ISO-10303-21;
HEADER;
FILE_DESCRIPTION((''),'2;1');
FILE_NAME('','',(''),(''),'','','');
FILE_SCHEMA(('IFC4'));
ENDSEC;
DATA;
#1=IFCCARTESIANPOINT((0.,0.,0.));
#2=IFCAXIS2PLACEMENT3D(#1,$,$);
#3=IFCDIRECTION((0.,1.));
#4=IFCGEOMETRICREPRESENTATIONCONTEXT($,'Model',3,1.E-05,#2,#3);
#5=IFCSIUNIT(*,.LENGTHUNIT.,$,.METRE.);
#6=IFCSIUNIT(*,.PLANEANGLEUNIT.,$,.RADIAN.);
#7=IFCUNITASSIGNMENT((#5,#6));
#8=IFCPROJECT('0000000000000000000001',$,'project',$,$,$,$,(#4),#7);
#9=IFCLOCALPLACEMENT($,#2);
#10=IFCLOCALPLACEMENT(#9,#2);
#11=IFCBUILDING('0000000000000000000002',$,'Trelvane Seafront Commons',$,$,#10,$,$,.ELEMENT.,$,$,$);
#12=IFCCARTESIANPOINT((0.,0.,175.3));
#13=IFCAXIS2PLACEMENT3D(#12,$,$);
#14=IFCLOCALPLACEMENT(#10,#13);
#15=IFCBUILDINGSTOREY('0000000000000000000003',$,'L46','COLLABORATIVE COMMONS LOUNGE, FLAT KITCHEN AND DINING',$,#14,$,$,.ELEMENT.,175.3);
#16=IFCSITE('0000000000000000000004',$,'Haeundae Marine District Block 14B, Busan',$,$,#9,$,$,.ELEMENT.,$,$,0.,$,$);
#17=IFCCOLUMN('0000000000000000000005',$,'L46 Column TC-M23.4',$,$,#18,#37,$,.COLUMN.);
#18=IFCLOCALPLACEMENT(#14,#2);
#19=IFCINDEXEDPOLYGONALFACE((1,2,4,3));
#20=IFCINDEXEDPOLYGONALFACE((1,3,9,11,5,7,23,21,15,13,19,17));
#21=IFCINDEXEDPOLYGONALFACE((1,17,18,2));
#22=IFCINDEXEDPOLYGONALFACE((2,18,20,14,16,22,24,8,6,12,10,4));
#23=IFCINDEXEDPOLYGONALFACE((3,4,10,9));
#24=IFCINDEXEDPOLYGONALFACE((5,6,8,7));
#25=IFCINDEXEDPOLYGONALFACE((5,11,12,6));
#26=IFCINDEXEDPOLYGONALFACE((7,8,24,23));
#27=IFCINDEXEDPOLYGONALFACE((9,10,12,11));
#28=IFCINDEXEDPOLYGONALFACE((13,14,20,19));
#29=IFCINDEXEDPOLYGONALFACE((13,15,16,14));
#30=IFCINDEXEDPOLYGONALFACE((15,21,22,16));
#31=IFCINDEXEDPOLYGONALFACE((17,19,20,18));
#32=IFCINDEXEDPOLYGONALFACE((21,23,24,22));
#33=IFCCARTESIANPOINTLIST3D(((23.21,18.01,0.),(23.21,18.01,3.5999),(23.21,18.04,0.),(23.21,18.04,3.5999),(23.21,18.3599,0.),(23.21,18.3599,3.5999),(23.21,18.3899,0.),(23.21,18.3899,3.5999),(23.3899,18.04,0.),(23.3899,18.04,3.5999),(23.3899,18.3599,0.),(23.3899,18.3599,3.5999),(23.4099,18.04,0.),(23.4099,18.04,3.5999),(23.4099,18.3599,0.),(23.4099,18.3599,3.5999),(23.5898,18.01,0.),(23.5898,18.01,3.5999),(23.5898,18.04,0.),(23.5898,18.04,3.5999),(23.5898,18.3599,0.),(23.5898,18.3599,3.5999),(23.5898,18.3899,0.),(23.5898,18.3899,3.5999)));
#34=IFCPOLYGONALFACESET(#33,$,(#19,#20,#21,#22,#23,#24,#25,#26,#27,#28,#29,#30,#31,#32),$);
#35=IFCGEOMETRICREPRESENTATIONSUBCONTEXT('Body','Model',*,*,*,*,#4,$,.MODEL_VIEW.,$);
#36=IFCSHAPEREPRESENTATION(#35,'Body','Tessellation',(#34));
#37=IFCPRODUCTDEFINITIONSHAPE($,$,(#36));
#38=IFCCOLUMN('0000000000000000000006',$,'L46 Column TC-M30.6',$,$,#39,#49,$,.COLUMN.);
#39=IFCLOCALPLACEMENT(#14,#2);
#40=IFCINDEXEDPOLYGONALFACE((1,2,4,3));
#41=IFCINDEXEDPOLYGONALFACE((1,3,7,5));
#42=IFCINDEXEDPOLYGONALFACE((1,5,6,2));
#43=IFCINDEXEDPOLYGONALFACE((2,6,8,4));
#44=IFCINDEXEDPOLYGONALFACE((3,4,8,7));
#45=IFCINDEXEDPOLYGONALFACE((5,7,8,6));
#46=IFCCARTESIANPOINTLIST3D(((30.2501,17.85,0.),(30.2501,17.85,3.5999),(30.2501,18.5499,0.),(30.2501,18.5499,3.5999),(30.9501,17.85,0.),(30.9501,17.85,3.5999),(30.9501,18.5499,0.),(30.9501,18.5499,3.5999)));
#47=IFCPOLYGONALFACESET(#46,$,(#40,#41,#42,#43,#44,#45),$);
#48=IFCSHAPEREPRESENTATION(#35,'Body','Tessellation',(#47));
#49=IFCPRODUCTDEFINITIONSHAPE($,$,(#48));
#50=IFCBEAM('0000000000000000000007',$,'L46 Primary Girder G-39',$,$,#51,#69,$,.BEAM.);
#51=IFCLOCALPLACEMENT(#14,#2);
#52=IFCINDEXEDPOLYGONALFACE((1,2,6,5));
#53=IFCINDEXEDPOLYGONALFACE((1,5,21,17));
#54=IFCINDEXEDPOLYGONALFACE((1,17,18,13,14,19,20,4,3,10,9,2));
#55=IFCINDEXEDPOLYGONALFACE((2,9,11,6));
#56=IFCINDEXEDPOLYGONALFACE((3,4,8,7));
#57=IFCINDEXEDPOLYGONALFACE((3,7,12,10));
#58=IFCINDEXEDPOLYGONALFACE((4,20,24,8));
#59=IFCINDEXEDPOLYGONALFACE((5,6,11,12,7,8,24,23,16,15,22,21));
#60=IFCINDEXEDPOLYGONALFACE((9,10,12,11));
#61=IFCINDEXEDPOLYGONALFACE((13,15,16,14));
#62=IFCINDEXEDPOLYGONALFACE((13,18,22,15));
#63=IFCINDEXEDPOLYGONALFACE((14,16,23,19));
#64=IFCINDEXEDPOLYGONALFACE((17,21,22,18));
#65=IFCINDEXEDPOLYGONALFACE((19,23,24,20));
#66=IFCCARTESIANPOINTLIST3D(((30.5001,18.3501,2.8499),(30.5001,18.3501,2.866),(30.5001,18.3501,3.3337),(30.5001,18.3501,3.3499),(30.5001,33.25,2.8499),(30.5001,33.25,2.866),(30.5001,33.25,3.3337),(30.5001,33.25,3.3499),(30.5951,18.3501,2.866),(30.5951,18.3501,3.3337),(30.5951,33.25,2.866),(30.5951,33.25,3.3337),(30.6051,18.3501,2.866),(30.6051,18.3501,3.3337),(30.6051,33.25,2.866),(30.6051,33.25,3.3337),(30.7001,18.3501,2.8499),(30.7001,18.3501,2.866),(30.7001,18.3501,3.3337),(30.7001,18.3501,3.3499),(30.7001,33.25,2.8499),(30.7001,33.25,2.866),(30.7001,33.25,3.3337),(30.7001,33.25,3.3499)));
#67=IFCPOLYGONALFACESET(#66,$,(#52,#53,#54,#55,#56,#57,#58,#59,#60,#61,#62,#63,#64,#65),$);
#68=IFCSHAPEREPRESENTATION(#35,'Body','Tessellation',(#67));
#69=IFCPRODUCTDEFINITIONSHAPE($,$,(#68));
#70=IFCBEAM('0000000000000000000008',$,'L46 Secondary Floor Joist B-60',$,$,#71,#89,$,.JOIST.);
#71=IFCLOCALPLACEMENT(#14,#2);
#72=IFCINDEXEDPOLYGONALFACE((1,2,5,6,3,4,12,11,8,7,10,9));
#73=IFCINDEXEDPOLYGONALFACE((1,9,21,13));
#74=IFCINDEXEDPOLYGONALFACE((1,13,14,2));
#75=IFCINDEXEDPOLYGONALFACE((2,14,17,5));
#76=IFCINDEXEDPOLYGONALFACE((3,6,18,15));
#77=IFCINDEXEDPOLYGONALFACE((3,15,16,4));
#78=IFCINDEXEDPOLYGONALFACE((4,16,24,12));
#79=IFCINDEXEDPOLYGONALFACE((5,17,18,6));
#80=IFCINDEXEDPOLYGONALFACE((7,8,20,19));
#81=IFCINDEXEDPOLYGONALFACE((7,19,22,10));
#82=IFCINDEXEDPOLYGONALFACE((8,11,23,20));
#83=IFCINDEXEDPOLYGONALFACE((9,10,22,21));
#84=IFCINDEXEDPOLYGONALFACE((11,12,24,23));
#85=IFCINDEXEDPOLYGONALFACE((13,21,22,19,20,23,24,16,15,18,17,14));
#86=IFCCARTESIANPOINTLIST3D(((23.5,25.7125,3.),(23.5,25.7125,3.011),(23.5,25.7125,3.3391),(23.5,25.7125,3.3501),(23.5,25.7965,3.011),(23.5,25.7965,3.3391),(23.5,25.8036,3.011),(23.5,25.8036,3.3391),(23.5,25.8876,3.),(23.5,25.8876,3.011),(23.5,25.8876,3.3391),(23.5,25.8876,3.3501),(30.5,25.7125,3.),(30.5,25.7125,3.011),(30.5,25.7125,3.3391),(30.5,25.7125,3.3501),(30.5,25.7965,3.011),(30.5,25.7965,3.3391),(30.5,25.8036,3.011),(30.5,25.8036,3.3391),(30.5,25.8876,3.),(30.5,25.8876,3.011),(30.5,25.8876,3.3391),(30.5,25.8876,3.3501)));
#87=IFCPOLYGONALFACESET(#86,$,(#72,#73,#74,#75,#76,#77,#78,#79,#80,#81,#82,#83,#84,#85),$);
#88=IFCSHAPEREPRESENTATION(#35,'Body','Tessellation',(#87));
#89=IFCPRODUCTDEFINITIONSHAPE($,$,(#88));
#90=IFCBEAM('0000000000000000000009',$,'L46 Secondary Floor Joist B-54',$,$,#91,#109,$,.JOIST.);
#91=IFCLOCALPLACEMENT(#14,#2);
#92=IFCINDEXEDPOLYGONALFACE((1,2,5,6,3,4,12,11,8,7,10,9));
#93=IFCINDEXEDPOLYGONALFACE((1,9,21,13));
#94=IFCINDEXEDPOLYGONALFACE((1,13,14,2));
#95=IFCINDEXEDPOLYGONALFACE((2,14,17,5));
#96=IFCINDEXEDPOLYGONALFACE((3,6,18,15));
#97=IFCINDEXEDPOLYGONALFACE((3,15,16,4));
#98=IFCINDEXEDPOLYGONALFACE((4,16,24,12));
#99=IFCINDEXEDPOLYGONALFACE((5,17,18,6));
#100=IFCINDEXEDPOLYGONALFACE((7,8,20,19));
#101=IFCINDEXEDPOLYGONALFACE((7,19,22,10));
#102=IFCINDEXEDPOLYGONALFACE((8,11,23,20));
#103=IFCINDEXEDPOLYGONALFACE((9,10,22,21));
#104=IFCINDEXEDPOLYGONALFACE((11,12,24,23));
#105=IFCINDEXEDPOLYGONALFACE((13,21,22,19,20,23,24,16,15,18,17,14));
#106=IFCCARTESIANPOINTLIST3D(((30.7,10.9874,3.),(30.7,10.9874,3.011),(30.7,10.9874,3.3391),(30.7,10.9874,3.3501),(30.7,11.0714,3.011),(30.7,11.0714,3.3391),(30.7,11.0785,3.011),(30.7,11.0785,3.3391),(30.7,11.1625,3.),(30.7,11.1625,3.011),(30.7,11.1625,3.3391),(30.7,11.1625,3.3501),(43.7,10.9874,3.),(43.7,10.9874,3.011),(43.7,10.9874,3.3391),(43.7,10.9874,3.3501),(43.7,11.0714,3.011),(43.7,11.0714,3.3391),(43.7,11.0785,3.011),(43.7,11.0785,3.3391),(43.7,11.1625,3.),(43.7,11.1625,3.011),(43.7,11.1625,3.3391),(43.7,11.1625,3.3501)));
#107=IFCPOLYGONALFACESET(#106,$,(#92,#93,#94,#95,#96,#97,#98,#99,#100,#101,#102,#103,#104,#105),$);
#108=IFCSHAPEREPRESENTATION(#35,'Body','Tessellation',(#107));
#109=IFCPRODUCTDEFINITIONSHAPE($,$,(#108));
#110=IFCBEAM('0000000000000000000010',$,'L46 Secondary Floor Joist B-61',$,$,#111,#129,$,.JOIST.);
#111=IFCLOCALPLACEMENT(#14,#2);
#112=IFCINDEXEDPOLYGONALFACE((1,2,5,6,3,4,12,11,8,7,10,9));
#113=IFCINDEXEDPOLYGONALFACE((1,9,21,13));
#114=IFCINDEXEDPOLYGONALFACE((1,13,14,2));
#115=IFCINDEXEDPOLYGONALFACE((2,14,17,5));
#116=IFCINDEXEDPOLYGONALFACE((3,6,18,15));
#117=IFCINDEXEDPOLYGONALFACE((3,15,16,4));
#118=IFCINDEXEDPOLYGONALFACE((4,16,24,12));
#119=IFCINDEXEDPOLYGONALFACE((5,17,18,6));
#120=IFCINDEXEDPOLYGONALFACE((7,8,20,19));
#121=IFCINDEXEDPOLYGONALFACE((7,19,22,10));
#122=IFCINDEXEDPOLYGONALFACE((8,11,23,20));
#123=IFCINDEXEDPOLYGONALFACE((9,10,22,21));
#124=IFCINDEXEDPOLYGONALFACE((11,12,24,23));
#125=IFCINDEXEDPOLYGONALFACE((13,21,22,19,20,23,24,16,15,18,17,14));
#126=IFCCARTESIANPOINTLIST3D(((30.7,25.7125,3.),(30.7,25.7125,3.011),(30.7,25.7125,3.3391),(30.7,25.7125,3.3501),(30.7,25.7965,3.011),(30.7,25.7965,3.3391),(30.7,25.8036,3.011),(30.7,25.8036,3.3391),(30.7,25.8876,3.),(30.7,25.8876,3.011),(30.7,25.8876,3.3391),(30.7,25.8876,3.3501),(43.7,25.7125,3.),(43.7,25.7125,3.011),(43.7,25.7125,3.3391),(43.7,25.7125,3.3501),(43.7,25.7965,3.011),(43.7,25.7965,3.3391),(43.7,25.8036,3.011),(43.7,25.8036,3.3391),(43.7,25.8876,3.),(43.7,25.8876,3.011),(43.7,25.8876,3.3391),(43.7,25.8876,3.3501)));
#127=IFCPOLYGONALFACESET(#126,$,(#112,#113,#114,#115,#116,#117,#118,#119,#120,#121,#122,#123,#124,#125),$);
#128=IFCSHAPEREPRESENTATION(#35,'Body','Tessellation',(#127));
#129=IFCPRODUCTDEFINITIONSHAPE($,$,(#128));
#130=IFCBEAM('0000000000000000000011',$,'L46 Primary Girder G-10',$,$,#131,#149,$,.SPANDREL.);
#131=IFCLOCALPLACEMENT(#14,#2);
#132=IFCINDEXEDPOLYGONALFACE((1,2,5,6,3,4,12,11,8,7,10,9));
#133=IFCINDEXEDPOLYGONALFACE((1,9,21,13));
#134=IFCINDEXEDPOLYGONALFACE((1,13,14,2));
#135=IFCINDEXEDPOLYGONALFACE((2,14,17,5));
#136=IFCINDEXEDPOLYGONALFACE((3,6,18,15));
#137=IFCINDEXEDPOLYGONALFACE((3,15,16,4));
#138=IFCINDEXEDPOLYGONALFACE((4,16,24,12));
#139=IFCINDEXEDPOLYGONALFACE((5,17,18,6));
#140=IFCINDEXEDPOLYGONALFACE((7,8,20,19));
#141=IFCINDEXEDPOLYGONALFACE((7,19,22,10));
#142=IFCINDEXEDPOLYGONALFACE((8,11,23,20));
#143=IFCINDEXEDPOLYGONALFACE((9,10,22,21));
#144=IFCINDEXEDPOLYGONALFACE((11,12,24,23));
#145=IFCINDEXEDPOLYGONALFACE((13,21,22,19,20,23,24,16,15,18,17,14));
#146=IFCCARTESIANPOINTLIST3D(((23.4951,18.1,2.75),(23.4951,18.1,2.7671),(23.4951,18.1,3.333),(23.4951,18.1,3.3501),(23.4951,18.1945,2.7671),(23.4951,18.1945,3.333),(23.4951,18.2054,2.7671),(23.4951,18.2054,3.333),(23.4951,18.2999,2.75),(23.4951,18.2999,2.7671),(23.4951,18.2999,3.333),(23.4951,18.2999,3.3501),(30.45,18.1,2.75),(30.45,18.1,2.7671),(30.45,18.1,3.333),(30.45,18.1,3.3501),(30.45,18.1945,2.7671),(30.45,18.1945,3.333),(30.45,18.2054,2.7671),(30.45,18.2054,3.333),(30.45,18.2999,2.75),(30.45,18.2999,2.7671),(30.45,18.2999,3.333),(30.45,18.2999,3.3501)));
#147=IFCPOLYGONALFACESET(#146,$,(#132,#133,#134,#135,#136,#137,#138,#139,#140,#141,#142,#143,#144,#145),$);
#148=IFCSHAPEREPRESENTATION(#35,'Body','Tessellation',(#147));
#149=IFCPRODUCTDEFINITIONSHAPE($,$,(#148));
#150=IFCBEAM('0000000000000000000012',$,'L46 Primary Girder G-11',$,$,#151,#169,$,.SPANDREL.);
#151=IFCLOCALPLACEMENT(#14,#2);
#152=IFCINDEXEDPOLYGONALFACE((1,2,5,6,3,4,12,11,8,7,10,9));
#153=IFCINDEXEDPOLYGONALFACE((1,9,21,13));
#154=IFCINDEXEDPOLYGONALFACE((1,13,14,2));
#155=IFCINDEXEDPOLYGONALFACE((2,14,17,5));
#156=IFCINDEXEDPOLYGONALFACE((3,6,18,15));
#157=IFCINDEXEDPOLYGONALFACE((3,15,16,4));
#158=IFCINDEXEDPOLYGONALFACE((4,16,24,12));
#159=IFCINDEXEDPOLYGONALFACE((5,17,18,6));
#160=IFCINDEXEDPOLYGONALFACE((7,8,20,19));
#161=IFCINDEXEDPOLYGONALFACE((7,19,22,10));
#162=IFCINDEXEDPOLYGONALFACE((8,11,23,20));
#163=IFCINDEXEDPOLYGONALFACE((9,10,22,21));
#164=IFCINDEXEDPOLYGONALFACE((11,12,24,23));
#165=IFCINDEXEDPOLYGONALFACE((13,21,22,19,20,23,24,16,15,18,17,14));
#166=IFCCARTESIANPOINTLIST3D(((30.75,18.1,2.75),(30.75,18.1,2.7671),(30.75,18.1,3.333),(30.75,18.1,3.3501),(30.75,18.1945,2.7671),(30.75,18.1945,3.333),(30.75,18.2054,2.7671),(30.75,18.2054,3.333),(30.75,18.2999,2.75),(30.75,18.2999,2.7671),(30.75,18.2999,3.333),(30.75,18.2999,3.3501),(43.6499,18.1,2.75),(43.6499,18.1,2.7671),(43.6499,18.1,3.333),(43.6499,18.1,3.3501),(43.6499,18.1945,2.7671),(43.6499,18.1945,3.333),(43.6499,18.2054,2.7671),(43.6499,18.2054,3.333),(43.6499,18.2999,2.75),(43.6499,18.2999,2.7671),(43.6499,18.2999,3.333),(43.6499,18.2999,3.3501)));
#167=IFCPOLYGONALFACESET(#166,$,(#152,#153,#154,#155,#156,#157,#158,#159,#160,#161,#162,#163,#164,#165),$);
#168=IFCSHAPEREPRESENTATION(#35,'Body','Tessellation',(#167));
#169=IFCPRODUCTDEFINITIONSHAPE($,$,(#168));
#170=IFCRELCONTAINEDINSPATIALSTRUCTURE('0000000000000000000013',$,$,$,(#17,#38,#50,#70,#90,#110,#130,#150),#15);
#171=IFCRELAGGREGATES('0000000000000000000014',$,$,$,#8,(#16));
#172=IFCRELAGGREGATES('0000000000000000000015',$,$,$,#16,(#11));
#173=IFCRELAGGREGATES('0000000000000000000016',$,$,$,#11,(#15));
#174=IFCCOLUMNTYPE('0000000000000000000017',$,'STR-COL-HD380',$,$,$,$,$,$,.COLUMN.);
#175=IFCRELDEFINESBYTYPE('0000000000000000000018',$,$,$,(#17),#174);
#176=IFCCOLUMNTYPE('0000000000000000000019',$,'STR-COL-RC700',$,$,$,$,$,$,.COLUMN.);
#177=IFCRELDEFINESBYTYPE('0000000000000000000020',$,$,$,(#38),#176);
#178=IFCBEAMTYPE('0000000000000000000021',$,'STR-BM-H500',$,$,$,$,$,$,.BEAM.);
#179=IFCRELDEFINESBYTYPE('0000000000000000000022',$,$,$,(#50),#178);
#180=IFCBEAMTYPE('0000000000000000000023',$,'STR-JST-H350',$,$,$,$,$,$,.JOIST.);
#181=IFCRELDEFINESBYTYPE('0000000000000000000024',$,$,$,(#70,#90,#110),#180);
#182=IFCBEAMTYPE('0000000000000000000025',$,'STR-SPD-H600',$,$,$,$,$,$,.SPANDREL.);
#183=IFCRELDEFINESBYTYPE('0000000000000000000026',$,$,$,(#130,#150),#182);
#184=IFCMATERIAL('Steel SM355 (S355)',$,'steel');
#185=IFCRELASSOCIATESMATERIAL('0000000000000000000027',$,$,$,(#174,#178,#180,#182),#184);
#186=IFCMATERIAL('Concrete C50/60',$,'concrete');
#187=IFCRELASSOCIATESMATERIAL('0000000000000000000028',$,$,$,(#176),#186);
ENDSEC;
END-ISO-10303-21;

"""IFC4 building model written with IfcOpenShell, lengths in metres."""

from ifc_helpers import new_model, si_unit, direction, frame, origin, origin_2d, place, context, subcontext, project, spatial, rectangle, i_section, extrude, source, transform, mapped, material, material_profile, profile_set, type_object, element, save


model = new_model("IFC4")

# Units and contexts
model_context = context("Model", 3, precision=1e-05, world=origin(), true_north=direction((0.0, 1.0)))
body_context = subcontext(model_context, "Body", "Model", "MODEL_VIEW")
ifc_project = project(units=[si_unit("LENGTHUNIT", "METRE"), si_unit("PLANEANGLEUNIT", "RADIAN")], contexts=[model_context])

# Site, building, storey
site_placement = place(None, origin())
site = spatial("IfcSite", under=ifc_project, at=site_placement, Name="Haeundae Marine District Block 14B, Busan", CompositionType="ELEMENT", RefElevation=0.0)
building_placement = place(site_placement, origin())
building = spatial("IfcBuilding", under=site, at=building_placement, Name="Trelvane Seafront Commons", CompositionType="ELEMENT")
storey_placement = place(building_placement, frame((0.0, 0.0, 175.3)))
storey = spatial("IfcBuildingStorey", under=building, at=storey_placement, Name="L46", Description="COLLABORATIVE COMMONS LOUNGE, FLAT KITCHEN AND DINING", CompositionType="ELEMENT", Elevation=175.3)

# Columns
ifc_material_1 = material(Name="Steel SM355 (S355)", Category="steel")
ifc_material_profile_1 = material_profile(ifc_material_1, i_section(OverallWidth=0.3799, OverallDepth=0.3799, WebThickness=0.02, FlangeThickness=0.03, at=origin_2d()), Name="HD-380x380x20x30")
ifc_profile_set_1 = profile_set([ifc_material_profile_1], Name="Steel SM355 (S355)")
column_type_1 = type_object("IfcColumnType", Name="STR-COL-HD380", PredefinedType="COLUMN", material=ifc_profile_set_1)
shared_shape_1 = source(origin(), body_context, "Body", "SweptSolid", [
    extrude(i_section(OverallWidth=0.3799, OverallDepth=0.3799, WebThickness=0.02, FlangeThickness=0.03, at=origin_2d()), origin(), (0.0, 0.0, 1.0), 3.5999),
])
column_1_placement = place(storey_placement, frame((23.3999, 18.2, 0.0), z_axis=(0.0, 0.0, 1.0), x_axis=(1.0, 0.0, 0.0)))
element("IfcColumn", 1, at=column_1_placement, inside=storey, type_object=column_type_1, Name="L46 Column TC-M23.4", PredefinedType="COLUMN", context=body_context, shape_type="MappedRepresentation", body=[
    mapped(shared_shape_1, transform((0.0, 0.0, 0.0), x_axis=(1.0, 0.0, 0.0), y_axis=(0.0, 1.0, 0.0), z_axis=(0.0, 0.0, 1.0), scale=1.0)),
])
ifc_material_2 = material(Name="Concrete C50/60", Category="concrete")
ifc_material_profile_2 = material_profile(ifc_material_2, rectangle(XDim=0.7, YDim=0.7, at=origin_2d()), Name="RC-700x700")
ifc_profile_set_2 = profile_set([ifc_material_profile_2], Name="Concrete C50/60")
column_type_2 = type_object("IfcColumnType", Name="STR-COL-RC700", PredefinedType="COLUMN", material=ifc_profile_set_2)
shared_shape_2 = source(origin(), body_context, "Body", "SweptSolid", [
    extrude(rectangle(XDim=0.7, YDim=0.7, at=origin_2d()), origin(), (0.0, 0.0, 1.0), 3.5999),
])
column_2_placement = place(storey_placement, frame((30.6001, 18.2, 0.0), z_axis=(0.0, 0.0, 1.0), x_axis=(1.0, 0.0, 0.0)))
element("IfcColumn", 2, at=column_2_placement, inside=storey, type_object=column_type_2, Name="L46 Column TC-M30.6", PredefinedType="COLUMN", context=body_context, shape_type="MappedRepresentation", body=[
    mapped(shared_shape_2, transform((0.0, 0.0, 0.0), x_axis=(1.0, 0.0, 0.0), y_axis=(0.0, 1.0, 0.0), z_axis=(0.0, 0.0, 1.0), scale=1.0)),
])

# Beams
ifc_material_profile_3 = material_profile(ifc_material_1, i_section(OverallWidth=0.2, OverallDepth=0.5, WebThickness=0.01, FlangeThickness=0.0161, at=origin_2d()), Name="H-500x200x10x16")
ifc_profile_set_3 = profile_set([ifc_material_profile_3], Name="Steel SM355 (S355)")
beam_type_1 = type_object("IfcBeamType", Name="STR-BM-H500", PredefinedType="BEAM", material=ifc_profile_set_3)
shared_shape_3 = source(origin(), body_context, "Body", "SweptSolid", [
    extrude(i_section(OverallWidth=0.2, OverallDepth=0.5, WebThickness=0.01, FlangeThickness=0.0161, at=origin_2d()), origin(), (0.0, 0.0, 1.0), 14.8999),
])
beam_1_placement = place(storey_placement, frame((30.6001, 18.3501, 3.0999), z_axis=(0.0, 1.0, 0.0), x_axis=(-1.0, 0.0, 0.0)))
element("IfcBeam", 3, at=beam_1_placement, inside=storey, type_object=beam_type_1, Name="L46 Primary Girder G-39", PredefinedType="BEAM", context=body_context, shape_type="MappedRepresentation", body=[
    mapped(shared_shape_3, transform((0.0, 0.0, 0.0), x_axis=(1.0, 0.0, 0.0), y_axis=(0.0, 1.0, 0.0), z_axis=(0.0, 0.0, 1.0), scale=1.0)),
])
ifc_material_profile_4 = material_profile(ifc_material_1, i_section(OverallWidth=0.175, OverallDepth=0.3501, WebThickness=0.0071, FlangeThickness=0.011, at=origin_2d()), Name="H-350x175x7x11")
ifc_profile_set_4 = profile_set([ifc_material_profile_4], Name="Steel SM355 (S355)")
beam_type_2 = type_object("IfcBeamType", Name="STR-JST-H350", PredefinedType="JOIST", material=ifc_profile_set_4)
shared_shape_4 = source(origin(), body_context, "Body", "SweptSolid", [
    extrude(i_section(OverallWidth=0.175, OverallDepth=0.3501, WebThickness=0.0071, FlangeThickness=0.011, at=origin_2d()), origin(), (0.0, 0.0, 1.0), 7.0),
])
beam_2_placement = place(storey_placement, frame((23.5, 25.8, 3.175), z_axis=(1.0, 0.0, 0.0), x_axis=(0.0, 1.0, 0.0)))
element("IfcBeam", 4, at=beam_2_placement, inside=storey, type_object=beam_type_2, Name="L46 Secondary Floor Joist B-60", PredefinedType="JOIST", context=body_context, shape_type="MappedRepresentation", body=[
    mapped(shared_shape_4, transform((0.0, 0.0, 0.0), x_axis=(1.0, 0.0, 0.0), y_axis=(0.0, 1.0, 0.0), z_axis=(0.0, 0.0, 1.0), scale=1.0)),
])
shared_shape_5 = source(origin(), body_context, "Body", "SweptSolid", [
    extrude(i_section(OverallWidth=0.175, OverallDepth=0.3501, WebThickness=0.0071, FlangeThickness=0.011, at=origin_2d()), origin(), (0.0, 0.0, 1.0), 13.0),
])
for number, where, z_axis, x_axis, name in (
    (5, (30.7, 11.075, 3.175), (1.0, 0.0, 0.0), (0.0, 1.0, 0.0), "L46 Secondary Floor Joist B-54"),
    (6, (30.7, 25.8, 3.175), (1.0, 0.0, 0.0), (0.0, 1.0, 0.0), "L46 Secondary Floor Joist B-61"),
):
    element("IfcBeam", number, at=place(storey_placement, frame(where, z_axis=z_axis, x_axis=x_axis)), inside=storey, type_object=beam_type_2, Name=name, PredefinedType="JOIST", context=body_context, shape_type="MappedRepresentation", body=[
        mapped(shared_shape_5, transform((0.0, 0.0, 0.0), x_axis=(1.0, 0.0, 0.0), y_axis=(0.0, 1.0, 0.0), z_axis=(0.0, 0.0, 1.0), scale=1.0)),
    ])
ifc_material_profile_5 = material_profile(ifc_material_1, i_section(OverallWidth=0.2, OverallDepth=0.6001, WebThickness=0.011, FlangeThickness=0.0171, at=origin_2d()), Name="H-600x200x11x17")
ifc_profile_set_5 = profile_set([ifc_material_profile_5], Name="Steel SM355 (S355)")
beam_type_3 = type_object("IfcBeamType", Name="STR-SPD-H600", PredefinedType="SPANDREL", material=ifc_profile_set_5)
shared_shape_6 = source(origin(), body_context, "Body", "SweptSolid", [
    extrude(i_section(OverallWidth=0.2, OverallDepth=0.6001, WebThickness=0.011, FlangeThickness=0.0171, at=origin_2d()), origin(), (0.0, 0.0, 1.0), 6.9548),
])
beam_3_placement = place(storey_placement, frame((23.4951, 18.2, 3.05), z_axis=(1.0, 0.0, 0.0), x_axis=(0.0, 1.0, 0.0)))
element("IfcBeam", 7, at=beam_3_placement, inside=storey, type_object=beam_type_3, Name="L46 Primary Girder G-10", PredefinedType="SPANDREL", context=body_context, shape_type="MappedRepresentation", body=[
    mapped(shared_shape_6, transform((0.0, 0.0, 0.0), x_axis=(1.0, 0.0, 0.0), y_axis=(0.0, 1.0, 0.0), z_axis=(0.0, 0.0, 1.0), scale=1.0)),
])
shared_shape_7 = source(origin(), body_context, "Body", "SweptSolid", [
    extrude(i_section(OverallWidth=0.2, OverallDepth=0.6001, WebThickness=0.011, FlangeThickness=0.0171, at=origin_2d()), origin(), (0.0, 0.0, 1.0), 12.8999),
])
beam_4_placement = place(storey_placement, frame((30.75, 18.2, 3.05), z_axis=(1.0, 0.0, 0.0), x_axis=(0.0, 1.0, 0.0)))
element("IfcBeam", 8, at=beam_4_placement, inside=storey, type_object=beam_type_3, Name="L46 Primary Girder G-11", PredefinedType="SPANDREL", context=body_context, shape_type="MappedRepresentation", body=[
    mapped(shared_shape_7, transform((0.0, 0.0, 0.0), x_axis=(1.0, 0.0, 0.0), y_axis=(0.0, 1.0, 0.0), z_axis=(0.0, 0.0, 1.0), scale=1.0)),
])

save(model, "model.ifc")
